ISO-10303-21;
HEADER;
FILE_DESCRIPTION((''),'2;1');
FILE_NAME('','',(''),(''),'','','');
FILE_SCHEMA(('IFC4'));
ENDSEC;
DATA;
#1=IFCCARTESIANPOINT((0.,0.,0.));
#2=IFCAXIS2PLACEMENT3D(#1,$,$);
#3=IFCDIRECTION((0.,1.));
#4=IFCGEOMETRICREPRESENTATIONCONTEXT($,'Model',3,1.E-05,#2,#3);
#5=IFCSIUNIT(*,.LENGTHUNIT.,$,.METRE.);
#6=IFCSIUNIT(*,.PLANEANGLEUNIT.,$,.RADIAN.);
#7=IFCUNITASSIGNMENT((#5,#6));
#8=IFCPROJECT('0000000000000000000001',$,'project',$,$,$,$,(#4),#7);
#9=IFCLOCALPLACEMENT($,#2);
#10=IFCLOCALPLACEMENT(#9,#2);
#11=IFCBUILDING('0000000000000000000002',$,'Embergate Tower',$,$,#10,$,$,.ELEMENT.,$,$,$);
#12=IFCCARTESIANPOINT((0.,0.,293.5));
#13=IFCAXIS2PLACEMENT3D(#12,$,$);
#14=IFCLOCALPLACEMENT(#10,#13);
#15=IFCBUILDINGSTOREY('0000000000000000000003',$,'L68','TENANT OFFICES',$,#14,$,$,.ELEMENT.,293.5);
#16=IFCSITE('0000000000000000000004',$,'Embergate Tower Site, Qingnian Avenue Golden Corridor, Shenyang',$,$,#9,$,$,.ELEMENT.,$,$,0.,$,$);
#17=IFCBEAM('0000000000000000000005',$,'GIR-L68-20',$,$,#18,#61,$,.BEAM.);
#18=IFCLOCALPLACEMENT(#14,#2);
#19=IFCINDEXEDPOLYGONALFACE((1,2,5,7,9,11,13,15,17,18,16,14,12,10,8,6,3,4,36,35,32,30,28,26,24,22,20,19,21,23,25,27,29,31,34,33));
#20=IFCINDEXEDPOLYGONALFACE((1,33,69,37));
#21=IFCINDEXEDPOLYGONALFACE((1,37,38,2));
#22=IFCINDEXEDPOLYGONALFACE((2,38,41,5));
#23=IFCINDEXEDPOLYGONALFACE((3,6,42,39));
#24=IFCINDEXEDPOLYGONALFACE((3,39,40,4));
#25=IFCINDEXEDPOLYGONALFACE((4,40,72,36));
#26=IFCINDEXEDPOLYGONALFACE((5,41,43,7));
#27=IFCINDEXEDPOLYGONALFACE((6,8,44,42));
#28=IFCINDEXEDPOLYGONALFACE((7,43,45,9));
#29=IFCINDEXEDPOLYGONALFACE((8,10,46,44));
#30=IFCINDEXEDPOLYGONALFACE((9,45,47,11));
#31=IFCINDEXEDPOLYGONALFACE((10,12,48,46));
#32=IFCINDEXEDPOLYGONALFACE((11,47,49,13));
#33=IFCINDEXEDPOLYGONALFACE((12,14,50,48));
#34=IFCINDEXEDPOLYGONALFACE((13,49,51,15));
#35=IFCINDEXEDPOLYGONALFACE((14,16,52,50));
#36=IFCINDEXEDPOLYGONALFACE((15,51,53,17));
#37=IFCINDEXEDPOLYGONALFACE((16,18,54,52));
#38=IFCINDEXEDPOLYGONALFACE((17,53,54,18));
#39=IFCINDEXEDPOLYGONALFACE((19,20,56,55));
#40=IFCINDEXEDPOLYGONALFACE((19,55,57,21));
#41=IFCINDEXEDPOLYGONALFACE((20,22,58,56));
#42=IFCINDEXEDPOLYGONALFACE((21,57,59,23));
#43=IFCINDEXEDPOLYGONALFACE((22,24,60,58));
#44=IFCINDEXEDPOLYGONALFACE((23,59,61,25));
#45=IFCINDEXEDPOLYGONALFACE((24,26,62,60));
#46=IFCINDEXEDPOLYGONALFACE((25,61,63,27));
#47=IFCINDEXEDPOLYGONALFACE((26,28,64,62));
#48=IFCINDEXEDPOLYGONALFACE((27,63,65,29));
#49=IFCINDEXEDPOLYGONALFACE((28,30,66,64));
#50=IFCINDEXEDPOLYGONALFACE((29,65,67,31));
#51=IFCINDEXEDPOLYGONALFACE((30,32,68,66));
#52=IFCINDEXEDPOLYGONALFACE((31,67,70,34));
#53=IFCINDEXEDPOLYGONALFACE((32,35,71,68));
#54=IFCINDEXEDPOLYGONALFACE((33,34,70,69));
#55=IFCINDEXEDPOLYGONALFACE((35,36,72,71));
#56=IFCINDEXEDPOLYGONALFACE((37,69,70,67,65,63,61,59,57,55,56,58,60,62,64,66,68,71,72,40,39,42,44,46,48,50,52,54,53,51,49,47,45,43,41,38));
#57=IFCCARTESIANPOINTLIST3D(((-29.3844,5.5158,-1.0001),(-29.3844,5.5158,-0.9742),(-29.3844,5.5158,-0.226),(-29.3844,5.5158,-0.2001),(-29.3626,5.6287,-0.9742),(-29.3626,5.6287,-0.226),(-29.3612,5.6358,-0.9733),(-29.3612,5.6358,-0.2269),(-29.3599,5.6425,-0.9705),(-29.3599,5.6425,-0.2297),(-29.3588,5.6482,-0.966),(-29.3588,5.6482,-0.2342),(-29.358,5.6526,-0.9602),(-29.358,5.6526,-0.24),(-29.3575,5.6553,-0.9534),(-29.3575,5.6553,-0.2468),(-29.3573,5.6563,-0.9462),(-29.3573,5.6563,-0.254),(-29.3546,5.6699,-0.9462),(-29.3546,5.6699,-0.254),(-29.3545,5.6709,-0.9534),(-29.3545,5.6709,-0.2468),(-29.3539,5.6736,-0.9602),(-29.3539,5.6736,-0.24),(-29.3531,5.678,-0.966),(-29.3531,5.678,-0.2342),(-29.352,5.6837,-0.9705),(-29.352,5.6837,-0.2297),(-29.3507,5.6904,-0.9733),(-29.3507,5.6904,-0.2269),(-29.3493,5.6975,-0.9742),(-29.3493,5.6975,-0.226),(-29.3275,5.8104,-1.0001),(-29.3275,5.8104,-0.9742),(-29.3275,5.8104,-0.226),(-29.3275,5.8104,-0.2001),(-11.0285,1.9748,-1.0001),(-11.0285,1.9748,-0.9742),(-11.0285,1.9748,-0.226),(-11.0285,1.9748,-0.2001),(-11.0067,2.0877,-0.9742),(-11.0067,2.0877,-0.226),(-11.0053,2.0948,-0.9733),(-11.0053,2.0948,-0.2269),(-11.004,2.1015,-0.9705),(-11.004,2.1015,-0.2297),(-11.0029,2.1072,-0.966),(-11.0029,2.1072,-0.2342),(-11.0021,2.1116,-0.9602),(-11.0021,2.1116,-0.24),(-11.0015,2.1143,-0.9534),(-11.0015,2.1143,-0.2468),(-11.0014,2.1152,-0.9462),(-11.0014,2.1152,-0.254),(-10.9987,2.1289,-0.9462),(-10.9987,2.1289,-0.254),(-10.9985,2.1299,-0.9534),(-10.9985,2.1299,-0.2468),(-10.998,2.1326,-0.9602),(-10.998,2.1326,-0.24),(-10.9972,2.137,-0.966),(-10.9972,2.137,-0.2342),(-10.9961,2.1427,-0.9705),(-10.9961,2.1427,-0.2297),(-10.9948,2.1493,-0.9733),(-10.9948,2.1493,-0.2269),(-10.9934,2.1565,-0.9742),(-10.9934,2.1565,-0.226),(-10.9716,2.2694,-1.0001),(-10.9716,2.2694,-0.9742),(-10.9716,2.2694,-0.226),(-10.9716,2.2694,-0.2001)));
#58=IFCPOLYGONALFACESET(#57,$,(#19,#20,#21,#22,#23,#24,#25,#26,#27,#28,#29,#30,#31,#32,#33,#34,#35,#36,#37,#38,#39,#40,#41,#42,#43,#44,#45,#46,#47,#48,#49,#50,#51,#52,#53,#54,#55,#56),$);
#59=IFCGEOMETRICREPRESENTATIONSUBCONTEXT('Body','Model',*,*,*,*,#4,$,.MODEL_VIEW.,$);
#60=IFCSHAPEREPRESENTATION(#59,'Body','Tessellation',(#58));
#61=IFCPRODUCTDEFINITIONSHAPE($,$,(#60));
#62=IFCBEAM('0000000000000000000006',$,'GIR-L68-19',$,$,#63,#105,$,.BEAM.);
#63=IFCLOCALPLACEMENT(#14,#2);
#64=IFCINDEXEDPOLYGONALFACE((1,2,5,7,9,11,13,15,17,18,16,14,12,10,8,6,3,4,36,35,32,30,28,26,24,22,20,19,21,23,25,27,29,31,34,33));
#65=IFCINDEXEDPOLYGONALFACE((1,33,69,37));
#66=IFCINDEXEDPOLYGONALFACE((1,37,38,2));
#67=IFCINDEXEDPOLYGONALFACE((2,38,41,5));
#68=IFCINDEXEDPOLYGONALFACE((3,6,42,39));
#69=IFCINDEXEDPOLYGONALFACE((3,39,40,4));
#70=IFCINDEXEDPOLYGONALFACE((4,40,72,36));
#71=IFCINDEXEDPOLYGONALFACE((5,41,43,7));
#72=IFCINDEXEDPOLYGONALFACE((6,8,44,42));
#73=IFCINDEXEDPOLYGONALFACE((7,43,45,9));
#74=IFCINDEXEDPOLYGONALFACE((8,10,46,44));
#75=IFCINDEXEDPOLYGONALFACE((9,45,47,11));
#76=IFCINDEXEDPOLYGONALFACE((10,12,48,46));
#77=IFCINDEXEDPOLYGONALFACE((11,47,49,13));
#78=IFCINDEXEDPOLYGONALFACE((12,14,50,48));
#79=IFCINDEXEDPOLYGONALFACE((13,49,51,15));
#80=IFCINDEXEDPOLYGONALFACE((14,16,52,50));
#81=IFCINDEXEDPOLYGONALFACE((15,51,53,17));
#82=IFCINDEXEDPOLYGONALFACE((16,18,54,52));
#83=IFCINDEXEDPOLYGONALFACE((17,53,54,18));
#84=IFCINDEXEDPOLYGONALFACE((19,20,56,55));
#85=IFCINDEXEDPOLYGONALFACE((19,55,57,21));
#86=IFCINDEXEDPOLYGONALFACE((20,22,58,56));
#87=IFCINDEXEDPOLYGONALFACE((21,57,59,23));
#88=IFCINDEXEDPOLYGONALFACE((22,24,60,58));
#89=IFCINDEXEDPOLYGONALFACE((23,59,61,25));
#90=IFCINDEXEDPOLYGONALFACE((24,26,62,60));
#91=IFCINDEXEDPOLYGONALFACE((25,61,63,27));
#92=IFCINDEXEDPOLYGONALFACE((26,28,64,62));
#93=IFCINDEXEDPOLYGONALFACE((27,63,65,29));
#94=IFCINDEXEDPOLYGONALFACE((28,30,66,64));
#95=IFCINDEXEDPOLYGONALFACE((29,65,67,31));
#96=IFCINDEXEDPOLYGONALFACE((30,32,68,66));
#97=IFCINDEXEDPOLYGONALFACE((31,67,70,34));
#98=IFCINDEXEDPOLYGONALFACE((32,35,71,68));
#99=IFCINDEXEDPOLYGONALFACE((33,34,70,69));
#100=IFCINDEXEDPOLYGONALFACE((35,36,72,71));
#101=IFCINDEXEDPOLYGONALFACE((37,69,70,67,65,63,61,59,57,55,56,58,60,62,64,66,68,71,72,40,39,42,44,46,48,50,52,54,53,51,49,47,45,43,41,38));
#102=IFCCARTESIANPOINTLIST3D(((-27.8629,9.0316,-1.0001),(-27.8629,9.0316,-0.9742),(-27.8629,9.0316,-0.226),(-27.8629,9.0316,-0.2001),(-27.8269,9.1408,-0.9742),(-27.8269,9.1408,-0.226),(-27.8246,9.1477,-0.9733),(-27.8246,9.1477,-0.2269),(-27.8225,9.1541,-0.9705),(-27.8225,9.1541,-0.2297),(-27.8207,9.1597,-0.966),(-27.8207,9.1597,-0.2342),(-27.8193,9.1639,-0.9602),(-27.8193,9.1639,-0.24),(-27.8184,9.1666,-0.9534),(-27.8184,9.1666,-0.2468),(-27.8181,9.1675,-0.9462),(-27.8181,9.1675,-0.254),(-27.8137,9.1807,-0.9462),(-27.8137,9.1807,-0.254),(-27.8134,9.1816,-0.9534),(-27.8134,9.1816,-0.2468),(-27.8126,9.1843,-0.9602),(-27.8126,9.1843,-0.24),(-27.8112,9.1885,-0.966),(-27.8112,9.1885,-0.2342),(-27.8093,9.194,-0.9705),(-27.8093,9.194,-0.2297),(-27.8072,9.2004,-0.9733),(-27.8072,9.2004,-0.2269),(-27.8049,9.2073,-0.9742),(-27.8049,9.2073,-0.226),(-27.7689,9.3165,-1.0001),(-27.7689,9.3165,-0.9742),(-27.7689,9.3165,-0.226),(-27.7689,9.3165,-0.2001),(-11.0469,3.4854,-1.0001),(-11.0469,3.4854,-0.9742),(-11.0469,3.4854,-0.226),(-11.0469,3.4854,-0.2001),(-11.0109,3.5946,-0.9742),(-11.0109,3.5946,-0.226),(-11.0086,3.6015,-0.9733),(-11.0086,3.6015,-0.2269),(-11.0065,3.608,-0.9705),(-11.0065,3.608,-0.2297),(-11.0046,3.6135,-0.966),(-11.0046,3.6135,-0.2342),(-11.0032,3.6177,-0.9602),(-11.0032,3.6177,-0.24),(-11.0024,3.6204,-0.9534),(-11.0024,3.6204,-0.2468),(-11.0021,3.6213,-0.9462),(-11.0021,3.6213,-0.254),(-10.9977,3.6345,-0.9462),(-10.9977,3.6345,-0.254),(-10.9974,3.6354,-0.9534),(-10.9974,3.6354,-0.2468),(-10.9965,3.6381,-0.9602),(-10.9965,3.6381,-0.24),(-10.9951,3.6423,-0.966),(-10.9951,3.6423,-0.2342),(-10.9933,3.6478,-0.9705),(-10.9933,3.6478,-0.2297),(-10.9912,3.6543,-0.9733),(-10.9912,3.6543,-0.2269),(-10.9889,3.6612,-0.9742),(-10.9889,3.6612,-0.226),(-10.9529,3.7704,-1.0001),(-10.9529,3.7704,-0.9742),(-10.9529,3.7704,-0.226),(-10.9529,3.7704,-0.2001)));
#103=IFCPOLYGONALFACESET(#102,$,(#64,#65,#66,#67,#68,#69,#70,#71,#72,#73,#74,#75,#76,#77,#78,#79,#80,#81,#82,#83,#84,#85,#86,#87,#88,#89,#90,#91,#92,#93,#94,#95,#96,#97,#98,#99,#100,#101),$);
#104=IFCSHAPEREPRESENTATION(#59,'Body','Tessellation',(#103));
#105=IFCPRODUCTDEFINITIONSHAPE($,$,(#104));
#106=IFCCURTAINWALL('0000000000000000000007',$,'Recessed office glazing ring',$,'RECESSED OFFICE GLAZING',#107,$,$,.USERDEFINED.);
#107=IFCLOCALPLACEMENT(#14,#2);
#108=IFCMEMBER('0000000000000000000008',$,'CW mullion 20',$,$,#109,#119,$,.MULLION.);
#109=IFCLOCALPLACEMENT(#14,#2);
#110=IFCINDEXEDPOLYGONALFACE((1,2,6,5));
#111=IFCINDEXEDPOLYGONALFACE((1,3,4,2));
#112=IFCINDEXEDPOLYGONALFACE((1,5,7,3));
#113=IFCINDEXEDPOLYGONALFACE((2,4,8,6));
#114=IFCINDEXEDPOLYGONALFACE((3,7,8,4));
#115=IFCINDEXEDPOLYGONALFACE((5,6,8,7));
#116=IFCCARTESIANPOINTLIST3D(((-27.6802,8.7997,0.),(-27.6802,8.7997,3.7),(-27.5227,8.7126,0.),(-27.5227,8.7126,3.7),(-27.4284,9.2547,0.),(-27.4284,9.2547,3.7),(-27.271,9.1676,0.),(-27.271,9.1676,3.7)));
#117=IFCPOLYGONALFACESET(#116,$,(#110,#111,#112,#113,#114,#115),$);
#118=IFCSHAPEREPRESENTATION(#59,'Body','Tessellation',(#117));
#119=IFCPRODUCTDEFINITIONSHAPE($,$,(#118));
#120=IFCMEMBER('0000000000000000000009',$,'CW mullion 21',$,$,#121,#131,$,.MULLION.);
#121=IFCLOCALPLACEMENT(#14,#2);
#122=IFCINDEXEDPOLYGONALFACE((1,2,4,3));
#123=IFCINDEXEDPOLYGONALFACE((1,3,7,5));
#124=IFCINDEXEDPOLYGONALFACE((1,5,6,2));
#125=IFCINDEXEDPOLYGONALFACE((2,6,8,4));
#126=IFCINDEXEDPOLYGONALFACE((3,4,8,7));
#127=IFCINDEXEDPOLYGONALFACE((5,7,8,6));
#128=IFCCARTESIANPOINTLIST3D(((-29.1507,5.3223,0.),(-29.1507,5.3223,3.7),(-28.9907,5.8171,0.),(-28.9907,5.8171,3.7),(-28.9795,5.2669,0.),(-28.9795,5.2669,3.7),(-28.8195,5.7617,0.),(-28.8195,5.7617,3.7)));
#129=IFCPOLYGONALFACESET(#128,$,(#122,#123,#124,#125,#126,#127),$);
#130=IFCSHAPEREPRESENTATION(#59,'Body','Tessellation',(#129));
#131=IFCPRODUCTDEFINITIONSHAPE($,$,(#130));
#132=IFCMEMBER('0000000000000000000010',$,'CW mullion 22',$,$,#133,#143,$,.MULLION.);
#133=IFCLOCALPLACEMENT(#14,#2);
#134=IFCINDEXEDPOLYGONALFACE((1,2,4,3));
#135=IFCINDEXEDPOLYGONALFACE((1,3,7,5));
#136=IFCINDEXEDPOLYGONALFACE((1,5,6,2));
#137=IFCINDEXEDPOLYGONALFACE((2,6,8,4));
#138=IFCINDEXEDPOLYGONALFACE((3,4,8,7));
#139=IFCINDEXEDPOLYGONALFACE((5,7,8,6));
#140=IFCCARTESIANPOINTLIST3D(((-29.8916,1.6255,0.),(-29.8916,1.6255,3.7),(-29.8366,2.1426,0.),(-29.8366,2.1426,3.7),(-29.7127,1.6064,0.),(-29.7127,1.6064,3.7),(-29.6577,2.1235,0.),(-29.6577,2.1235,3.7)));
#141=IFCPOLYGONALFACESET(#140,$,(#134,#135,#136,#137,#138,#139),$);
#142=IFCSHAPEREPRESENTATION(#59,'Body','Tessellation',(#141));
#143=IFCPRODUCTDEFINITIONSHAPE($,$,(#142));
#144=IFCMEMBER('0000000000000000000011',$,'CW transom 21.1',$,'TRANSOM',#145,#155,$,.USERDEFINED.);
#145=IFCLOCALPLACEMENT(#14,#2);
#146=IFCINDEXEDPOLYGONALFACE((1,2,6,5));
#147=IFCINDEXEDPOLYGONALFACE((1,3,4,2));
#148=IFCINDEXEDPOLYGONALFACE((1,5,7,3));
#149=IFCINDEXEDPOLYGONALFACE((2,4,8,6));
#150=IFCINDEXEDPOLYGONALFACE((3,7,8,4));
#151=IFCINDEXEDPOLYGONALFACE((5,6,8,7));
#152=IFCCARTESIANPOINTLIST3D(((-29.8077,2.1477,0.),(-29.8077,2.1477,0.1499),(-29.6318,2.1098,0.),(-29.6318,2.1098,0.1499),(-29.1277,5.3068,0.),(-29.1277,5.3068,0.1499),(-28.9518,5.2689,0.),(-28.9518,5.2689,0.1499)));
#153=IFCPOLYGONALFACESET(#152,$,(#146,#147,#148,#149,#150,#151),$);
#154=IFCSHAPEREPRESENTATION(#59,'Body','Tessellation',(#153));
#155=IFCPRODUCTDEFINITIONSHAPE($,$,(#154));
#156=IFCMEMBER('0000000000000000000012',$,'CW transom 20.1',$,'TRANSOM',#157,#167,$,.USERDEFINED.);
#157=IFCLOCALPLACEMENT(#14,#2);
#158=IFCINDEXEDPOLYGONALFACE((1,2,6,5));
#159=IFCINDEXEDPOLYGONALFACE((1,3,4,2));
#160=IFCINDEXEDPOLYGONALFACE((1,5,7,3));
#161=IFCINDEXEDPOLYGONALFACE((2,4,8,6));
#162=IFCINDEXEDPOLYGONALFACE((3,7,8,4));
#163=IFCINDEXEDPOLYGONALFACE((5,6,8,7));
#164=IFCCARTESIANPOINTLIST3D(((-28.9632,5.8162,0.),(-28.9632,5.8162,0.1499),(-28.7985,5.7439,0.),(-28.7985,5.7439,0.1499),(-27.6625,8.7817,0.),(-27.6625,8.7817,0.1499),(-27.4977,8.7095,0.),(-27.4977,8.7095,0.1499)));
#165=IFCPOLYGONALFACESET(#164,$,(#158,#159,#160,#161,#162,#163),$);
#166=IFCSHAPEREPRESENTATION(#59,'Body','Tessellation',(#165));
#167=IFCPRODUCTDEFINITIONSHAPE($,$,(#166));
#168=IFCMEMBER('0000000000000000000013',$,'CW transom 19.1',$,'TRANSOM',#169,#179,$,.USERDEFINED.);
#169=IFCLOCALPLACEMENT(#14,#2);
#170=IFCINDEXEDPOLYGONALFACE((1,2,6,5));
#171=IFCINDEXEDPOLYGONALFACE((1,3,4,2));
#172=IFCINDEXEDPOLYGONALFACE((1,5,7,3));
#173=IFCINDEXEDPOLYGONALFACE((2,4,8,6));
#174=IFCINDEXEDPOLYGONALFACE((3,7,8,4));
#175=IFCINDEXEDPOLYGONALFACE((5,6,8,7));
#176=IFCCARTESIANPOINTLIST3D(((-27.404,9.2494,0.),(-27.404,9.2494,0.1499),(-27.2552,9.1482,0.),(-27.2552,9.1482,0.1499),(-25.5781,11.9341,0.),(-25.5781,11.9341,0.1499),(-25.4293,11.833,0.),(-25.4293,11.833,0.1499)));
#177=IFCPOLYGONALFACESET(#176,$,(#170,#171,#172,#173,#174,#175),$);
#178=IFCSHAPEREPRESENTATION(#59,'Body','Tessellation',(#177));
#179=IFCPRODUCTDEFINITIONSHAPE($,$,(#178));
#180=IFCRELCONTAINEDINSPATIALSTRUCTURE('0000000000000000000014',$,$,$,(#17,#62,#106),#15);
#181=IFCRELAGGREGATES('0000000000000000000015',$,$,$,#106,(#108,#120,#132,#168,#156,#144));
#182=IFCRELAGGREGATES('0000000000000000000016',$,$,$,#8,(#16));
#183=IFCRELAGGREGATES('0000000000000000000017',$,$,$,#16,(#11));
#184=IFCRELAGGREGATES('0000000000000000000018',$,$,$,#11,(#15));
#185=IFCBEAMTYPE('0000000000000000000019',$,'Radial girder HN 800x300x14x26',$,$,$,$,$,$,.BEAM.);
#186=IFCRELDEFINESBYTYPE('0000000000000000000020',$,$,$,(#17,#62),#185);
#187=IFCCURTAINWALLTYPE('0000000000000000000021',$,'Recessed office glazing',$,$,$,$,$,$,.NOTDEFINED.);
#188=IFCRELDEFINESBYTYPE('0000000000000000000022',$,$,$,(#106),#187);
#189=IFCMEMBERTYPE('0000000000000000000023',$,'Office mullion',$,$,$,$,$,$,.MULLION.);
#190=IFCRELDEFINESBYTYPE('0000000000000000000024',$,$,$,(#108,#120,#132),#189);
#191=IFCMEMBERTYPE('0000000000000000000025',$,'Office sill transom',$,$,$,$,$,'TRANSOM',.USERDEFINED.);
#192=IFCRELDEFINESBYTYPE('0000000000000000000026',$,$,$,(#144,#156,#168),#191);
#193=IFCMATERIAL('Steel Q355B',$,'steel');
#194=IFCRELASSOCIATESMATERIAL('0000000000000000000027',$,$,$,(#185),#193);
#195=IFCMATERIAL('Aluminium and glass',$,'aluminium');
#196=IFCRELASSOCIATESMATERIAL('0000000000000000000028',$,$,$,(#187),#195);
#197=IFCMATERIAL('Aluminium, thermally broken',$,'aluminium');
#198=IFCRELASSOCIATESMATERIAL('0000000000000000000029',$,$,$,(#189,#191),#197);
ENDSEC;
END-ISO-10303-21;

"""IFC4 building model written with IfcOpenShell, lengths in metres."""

from ifc_helpers import new_model, si_unit, direction, frame, origin, origin_2d, place, context, subcontext, project, spatial, rectangle, i_section, extrude, source, transform, mapped, material, material_profile, profile_set, type_object, element, aggregate, save


model = new_model("IFC4")

# Units and contexts
model_context = context("Model", 3, precision=1e-05, world=origin(), true_north=direction((0.0, 1.0)))
body_context = subcontext(model_context, "Body", "Model", "MODEL_VIEW")
ifc_project = project(units=[si_unit("LENGTHUNIT", "METRE"), si_unit("PLANEANGLEUNIT", "RADIAN")], contexts=[model_context])

# Site, building, storey
site_placement = place(None, origin())
site = spatial("IfcSite", under=ifc_project, at=site_placement, Name="Embergate Tower Site, Qingnian Avenue Golden Corridor, Shenyang", CompositionType="ELEMENT", RefElevation=0.0)
building_placement = place(site_placement, origin())
building = spatial("IfcBuilding", under=site, at=building_placement, Name="Embergate Tower", CompositionType="ELEMENT")
storey_placement = place(building_placement, frame((0.0, 0.0, 293.5)))
storey = spatial("IfcBuildingStorey", under=building, at=storey_placement, Name="L68", Description="TENANT OFFICES", CompositionType="ELEMENT", Elevation=293.5)

# Beams
ifc_material_1 = material(Name="Steel Q355B", Category="steel")
ifc_material_profile_1 = material_profile(ifc_material_1, i_section(OverallWidth=0.3, OverallDepth=0.8, WebThickness=0.0139, FlangeThickness=0.0259, FilletRadius=0.0281, at=origin_2d()), Name="HN 800x300x14x26")
ifc_profile_set_1 = profile_set([ifc_material_profile_1], Name="Steel Q355 grade B")
beam_type_1 = type_object("IfcBeamType", Name="Radial girder HN 800x300x14x26", PredefinedType="BEAM", material=ifc_profile_set_1)
shared_shape_1 = source(origin(), body_context, "Body", "SweptSolid", [
    extrude(i_section(OverallWidth=0.3, OverallDepth=0.8, WebThickness=0.0139, FlangeThickness=0.0259, FilletRadius=0.0281, at=origin_2d()), origin(), (0.0, 0.0, 1.0), 18.6943),
])
beam_1_placement = place(storey_placement, frame((-29.356, 5.6631, -0.6001), z_axis=(0.981897, -0.189416, 0.0), x_axis=(0.189416, 0.981897, 0.0)))
element("IfcBeam", 1, at=beam_1_placement, inside=storey, type_object=beam_type_1, Name="GIR-L68-20", PredefinedType="BEAM", context=body_context, shape_type="MappedRepresentation", body=[
    mapped(shared_shape_1, transform((0.0, 0.0, 0.0))),
])
shared_shape_2 = source(origin(), body_context, "Body", "SweptSolid", [
    extrude(i_section(OverallWidth=0.3, OverallDepth=0.8, WebThickness=0.0139, FlangeThickness=0.0259, FilletRadius=0.0281, at=origin_2d()), origin(), (0.0, 0.0, 1.0), 17.707),
])
beam_2_placement = place(storey_placement, frame((-27.8159, 9.1741, -0.6001), z_axis=(0.949681, -0.313219, 0.0), x_axis=(0.313219, 0.949681, 0.0)))
element("IfcBeam", 2, at=beam_2_placement, inside=storey, type_object=beam_type_1, Name="GIR-L68-19", PredefinedType="BEAM", context=body_context, shape_type="MappedRepresentation", body=[
    mapped(shared_shape_2, transform((0.0, 0.0, 0.0))),
])

# Curtain wall, members
ifc_material_2 = material(Name="Aluminium and glass", Category="aluminium")
curtain_wall_type = type_object("IfcCurtainWallType", Name="Recessed office glazing", PredefinedType="NOTDEFINED", material=ifc_material_2)
curtain_wall_placement = place(storey_placement, origin())
curtain_wall = element("IfcCurtainWall", 3, at=curtain_wall_placement, inside=storey, type_object=curtain_wall_type, Name="Recessed office glazing ring", ObjectType="RECESSED OFFICE GLAZING", PredefinedType="USERDEFINED")
ifc_material_3 = material(Name="Aluminium, thermally broken", Category="aluminium")
ifc_material_profile_2 = material_profile(ifc_material_3, rectangle(XDim=0.1799, YDim=0.52, at=origin_2d()), Name="AL 520x180")
ifc_profile_set_2 = profile_set([ifc_material_profile_2], Name="Aluminium, thermally broken")
member_type_1 = type_object("IfcMemberType", Name="Office mullion", PredefinedType="MULLION", material=ifc_profile_set_2)
shared_shape_3 = source(origin(), body_context, "Body", "SweptSolid", [
    extrude(rectangle(XDim=0.1799, YDim=0.52, at=origin_2d()), origin(), (0.0, 0.0, 1.0), 3.7),
])
member_1_placement = place(storey_placement, frame((-27.4756, 8.9836, 0.0), z_axis=(0.0, 0.0, 1.0), x_axis=(0.874993, -0.484135, 0.0)))
member_1 = element("IfcMember", 4, at=member_1_placement, type_object=member_type_1, Name="CW mullion 20", PredefinedType="MULLION", context=body_context, shape_type="MappedRepresentation", body=[
    mapped(shared_shape_3, transform((0.0, 0.0, 0.0))),
])
member_2_placement = place(storey_placement, frame((-28.9851, 5.542, 0.0), z_axis=(0.0, 0.0, 1.0), x_axis=(0.951494, -0.307669, 0.0)))
member_2 = element("IfcMember", 5, at=member_2_placement, type_object=member_type_1, Name="CW mullion 21", PredefinedType="MULLION", context=body_context, shape_type="MappedRepresentation", body=[
    mapped(shared_shape_3, transform((0.0, 0.0, 0.0))),
])
member_3_placement = place(storey_placement, frame((-29.7747, 1.8745, 0.0), z_axis=(0.0, 0.0, 1.0), x_axis=(0.994384, -0.10583, 0.0)))
member_3 = element("IfcMember", 6, at=member_3_placement, type_object=member_type_1, Name="CW mullion 22", PredefinedType="MULLION", context=body_context, shape_type="MappedRepresentation", body=[
    mapped(shared_shape_3, transform((0.0, 0.0, 0.0))),
])
ifc_material_profile_3 = material_profile(ifc_material_3, rectangle(XDim=0.1799, YDim=0.1499, at=origin_2d()), Name="AL 150x180")
ifc_profile_set_3 = profile_set([ifc_material_profile_3], Name="Aluminium, thermally broken")
member_type_2 = type_object("IfcMemberType", Name="Office sill transom", ElementType="TRANSOM", PredefinedType="USERDEFINED", material=ifc_profile_set_3)
shared_shape_4 = source(origin(), body_context, "Body", "SweptSolid", [
    extrude(rectangle(XDim=0.1799, YDim=0.1499, at=origin_2d()), origin(), (0.0, 0.0, 1.0), 3.2314),
])
member_4_placement = place(storey_placement, frame((-29.0398, 5.2878, 0.075), z_axis=(-0.210406, -0.977614, 0.0), x_axis=(0.977614, -0.210406, 0.0)))
member_4 = element("IfcMember", 7, at=member_4_placement, type_object=member_type_2, Name="CW transom 21.1", ObjectType="TRANSOM", PredefinedType="USERDEFINED", context=body_context, shape_type="MappedRepresentation", body=[
    mapped(shared_shape_4, transform((0.0, 0.0, 0.0))),
])
shared_shape_5 = source(origin(), body_context, "Body", "SweptSolid", [
    extrude(rectangle(XDim=0.1799, YDim=0.1499, at=origin_2d()), origin(), (0.0, 0.0, 1.0), 3.2383),
])
member_5_placement = place(storey_placement, frame((-27.5801, 8.7456, 0.075), z_axis=(-0.401685, -0.915778, 0.0), x_axis=(0.915778, -0.401685, 0.0)))
member_5 = element("IfcMember", 8, at=member_5_placement, type_object=member_type_2, Name="CW transom 20.1", ObjectType="TRANSOM", PredefinedType="USERDEFINED", context=body_context, shape_type="MappedRepresentation", body=[
    mapped(shared_shape_5, transform((0.0, 0.0, 0.0))),
])
shared_shape_6 = source(origin(), body_context, "Body", "SweptSolid", [
    extrude(rectangle(XDim=0.1799, YDim=0.1499, at=origin_2d()), origin(), (0.0, 0.0, 1.0), 3.2468),
])
member_6_placement = place(storey_placement, frame((-25.5037, 11.8835, 0.075), z_axis=(-0.562363, -0.82689, 0.0), x_axis=(0.82689, -0.562363, 0.0)))
member_6 = element("IfcMember", 9, at=member_6_placement, type_object=member_type_2, Name="CW transom 19.1", ObjectType="TRANSOM", PredefinedType="USERDEFINED", context=body_context, shape_type="MappedRepresentation", body=[
    mapped(shared_shape_6, transform((0.0, 0.0, 0.0))),
])
aggregate(curtain_wall, [member_1, member_2, member_3, member_6, member_5, member_4])

save(model, "model.ifc")
